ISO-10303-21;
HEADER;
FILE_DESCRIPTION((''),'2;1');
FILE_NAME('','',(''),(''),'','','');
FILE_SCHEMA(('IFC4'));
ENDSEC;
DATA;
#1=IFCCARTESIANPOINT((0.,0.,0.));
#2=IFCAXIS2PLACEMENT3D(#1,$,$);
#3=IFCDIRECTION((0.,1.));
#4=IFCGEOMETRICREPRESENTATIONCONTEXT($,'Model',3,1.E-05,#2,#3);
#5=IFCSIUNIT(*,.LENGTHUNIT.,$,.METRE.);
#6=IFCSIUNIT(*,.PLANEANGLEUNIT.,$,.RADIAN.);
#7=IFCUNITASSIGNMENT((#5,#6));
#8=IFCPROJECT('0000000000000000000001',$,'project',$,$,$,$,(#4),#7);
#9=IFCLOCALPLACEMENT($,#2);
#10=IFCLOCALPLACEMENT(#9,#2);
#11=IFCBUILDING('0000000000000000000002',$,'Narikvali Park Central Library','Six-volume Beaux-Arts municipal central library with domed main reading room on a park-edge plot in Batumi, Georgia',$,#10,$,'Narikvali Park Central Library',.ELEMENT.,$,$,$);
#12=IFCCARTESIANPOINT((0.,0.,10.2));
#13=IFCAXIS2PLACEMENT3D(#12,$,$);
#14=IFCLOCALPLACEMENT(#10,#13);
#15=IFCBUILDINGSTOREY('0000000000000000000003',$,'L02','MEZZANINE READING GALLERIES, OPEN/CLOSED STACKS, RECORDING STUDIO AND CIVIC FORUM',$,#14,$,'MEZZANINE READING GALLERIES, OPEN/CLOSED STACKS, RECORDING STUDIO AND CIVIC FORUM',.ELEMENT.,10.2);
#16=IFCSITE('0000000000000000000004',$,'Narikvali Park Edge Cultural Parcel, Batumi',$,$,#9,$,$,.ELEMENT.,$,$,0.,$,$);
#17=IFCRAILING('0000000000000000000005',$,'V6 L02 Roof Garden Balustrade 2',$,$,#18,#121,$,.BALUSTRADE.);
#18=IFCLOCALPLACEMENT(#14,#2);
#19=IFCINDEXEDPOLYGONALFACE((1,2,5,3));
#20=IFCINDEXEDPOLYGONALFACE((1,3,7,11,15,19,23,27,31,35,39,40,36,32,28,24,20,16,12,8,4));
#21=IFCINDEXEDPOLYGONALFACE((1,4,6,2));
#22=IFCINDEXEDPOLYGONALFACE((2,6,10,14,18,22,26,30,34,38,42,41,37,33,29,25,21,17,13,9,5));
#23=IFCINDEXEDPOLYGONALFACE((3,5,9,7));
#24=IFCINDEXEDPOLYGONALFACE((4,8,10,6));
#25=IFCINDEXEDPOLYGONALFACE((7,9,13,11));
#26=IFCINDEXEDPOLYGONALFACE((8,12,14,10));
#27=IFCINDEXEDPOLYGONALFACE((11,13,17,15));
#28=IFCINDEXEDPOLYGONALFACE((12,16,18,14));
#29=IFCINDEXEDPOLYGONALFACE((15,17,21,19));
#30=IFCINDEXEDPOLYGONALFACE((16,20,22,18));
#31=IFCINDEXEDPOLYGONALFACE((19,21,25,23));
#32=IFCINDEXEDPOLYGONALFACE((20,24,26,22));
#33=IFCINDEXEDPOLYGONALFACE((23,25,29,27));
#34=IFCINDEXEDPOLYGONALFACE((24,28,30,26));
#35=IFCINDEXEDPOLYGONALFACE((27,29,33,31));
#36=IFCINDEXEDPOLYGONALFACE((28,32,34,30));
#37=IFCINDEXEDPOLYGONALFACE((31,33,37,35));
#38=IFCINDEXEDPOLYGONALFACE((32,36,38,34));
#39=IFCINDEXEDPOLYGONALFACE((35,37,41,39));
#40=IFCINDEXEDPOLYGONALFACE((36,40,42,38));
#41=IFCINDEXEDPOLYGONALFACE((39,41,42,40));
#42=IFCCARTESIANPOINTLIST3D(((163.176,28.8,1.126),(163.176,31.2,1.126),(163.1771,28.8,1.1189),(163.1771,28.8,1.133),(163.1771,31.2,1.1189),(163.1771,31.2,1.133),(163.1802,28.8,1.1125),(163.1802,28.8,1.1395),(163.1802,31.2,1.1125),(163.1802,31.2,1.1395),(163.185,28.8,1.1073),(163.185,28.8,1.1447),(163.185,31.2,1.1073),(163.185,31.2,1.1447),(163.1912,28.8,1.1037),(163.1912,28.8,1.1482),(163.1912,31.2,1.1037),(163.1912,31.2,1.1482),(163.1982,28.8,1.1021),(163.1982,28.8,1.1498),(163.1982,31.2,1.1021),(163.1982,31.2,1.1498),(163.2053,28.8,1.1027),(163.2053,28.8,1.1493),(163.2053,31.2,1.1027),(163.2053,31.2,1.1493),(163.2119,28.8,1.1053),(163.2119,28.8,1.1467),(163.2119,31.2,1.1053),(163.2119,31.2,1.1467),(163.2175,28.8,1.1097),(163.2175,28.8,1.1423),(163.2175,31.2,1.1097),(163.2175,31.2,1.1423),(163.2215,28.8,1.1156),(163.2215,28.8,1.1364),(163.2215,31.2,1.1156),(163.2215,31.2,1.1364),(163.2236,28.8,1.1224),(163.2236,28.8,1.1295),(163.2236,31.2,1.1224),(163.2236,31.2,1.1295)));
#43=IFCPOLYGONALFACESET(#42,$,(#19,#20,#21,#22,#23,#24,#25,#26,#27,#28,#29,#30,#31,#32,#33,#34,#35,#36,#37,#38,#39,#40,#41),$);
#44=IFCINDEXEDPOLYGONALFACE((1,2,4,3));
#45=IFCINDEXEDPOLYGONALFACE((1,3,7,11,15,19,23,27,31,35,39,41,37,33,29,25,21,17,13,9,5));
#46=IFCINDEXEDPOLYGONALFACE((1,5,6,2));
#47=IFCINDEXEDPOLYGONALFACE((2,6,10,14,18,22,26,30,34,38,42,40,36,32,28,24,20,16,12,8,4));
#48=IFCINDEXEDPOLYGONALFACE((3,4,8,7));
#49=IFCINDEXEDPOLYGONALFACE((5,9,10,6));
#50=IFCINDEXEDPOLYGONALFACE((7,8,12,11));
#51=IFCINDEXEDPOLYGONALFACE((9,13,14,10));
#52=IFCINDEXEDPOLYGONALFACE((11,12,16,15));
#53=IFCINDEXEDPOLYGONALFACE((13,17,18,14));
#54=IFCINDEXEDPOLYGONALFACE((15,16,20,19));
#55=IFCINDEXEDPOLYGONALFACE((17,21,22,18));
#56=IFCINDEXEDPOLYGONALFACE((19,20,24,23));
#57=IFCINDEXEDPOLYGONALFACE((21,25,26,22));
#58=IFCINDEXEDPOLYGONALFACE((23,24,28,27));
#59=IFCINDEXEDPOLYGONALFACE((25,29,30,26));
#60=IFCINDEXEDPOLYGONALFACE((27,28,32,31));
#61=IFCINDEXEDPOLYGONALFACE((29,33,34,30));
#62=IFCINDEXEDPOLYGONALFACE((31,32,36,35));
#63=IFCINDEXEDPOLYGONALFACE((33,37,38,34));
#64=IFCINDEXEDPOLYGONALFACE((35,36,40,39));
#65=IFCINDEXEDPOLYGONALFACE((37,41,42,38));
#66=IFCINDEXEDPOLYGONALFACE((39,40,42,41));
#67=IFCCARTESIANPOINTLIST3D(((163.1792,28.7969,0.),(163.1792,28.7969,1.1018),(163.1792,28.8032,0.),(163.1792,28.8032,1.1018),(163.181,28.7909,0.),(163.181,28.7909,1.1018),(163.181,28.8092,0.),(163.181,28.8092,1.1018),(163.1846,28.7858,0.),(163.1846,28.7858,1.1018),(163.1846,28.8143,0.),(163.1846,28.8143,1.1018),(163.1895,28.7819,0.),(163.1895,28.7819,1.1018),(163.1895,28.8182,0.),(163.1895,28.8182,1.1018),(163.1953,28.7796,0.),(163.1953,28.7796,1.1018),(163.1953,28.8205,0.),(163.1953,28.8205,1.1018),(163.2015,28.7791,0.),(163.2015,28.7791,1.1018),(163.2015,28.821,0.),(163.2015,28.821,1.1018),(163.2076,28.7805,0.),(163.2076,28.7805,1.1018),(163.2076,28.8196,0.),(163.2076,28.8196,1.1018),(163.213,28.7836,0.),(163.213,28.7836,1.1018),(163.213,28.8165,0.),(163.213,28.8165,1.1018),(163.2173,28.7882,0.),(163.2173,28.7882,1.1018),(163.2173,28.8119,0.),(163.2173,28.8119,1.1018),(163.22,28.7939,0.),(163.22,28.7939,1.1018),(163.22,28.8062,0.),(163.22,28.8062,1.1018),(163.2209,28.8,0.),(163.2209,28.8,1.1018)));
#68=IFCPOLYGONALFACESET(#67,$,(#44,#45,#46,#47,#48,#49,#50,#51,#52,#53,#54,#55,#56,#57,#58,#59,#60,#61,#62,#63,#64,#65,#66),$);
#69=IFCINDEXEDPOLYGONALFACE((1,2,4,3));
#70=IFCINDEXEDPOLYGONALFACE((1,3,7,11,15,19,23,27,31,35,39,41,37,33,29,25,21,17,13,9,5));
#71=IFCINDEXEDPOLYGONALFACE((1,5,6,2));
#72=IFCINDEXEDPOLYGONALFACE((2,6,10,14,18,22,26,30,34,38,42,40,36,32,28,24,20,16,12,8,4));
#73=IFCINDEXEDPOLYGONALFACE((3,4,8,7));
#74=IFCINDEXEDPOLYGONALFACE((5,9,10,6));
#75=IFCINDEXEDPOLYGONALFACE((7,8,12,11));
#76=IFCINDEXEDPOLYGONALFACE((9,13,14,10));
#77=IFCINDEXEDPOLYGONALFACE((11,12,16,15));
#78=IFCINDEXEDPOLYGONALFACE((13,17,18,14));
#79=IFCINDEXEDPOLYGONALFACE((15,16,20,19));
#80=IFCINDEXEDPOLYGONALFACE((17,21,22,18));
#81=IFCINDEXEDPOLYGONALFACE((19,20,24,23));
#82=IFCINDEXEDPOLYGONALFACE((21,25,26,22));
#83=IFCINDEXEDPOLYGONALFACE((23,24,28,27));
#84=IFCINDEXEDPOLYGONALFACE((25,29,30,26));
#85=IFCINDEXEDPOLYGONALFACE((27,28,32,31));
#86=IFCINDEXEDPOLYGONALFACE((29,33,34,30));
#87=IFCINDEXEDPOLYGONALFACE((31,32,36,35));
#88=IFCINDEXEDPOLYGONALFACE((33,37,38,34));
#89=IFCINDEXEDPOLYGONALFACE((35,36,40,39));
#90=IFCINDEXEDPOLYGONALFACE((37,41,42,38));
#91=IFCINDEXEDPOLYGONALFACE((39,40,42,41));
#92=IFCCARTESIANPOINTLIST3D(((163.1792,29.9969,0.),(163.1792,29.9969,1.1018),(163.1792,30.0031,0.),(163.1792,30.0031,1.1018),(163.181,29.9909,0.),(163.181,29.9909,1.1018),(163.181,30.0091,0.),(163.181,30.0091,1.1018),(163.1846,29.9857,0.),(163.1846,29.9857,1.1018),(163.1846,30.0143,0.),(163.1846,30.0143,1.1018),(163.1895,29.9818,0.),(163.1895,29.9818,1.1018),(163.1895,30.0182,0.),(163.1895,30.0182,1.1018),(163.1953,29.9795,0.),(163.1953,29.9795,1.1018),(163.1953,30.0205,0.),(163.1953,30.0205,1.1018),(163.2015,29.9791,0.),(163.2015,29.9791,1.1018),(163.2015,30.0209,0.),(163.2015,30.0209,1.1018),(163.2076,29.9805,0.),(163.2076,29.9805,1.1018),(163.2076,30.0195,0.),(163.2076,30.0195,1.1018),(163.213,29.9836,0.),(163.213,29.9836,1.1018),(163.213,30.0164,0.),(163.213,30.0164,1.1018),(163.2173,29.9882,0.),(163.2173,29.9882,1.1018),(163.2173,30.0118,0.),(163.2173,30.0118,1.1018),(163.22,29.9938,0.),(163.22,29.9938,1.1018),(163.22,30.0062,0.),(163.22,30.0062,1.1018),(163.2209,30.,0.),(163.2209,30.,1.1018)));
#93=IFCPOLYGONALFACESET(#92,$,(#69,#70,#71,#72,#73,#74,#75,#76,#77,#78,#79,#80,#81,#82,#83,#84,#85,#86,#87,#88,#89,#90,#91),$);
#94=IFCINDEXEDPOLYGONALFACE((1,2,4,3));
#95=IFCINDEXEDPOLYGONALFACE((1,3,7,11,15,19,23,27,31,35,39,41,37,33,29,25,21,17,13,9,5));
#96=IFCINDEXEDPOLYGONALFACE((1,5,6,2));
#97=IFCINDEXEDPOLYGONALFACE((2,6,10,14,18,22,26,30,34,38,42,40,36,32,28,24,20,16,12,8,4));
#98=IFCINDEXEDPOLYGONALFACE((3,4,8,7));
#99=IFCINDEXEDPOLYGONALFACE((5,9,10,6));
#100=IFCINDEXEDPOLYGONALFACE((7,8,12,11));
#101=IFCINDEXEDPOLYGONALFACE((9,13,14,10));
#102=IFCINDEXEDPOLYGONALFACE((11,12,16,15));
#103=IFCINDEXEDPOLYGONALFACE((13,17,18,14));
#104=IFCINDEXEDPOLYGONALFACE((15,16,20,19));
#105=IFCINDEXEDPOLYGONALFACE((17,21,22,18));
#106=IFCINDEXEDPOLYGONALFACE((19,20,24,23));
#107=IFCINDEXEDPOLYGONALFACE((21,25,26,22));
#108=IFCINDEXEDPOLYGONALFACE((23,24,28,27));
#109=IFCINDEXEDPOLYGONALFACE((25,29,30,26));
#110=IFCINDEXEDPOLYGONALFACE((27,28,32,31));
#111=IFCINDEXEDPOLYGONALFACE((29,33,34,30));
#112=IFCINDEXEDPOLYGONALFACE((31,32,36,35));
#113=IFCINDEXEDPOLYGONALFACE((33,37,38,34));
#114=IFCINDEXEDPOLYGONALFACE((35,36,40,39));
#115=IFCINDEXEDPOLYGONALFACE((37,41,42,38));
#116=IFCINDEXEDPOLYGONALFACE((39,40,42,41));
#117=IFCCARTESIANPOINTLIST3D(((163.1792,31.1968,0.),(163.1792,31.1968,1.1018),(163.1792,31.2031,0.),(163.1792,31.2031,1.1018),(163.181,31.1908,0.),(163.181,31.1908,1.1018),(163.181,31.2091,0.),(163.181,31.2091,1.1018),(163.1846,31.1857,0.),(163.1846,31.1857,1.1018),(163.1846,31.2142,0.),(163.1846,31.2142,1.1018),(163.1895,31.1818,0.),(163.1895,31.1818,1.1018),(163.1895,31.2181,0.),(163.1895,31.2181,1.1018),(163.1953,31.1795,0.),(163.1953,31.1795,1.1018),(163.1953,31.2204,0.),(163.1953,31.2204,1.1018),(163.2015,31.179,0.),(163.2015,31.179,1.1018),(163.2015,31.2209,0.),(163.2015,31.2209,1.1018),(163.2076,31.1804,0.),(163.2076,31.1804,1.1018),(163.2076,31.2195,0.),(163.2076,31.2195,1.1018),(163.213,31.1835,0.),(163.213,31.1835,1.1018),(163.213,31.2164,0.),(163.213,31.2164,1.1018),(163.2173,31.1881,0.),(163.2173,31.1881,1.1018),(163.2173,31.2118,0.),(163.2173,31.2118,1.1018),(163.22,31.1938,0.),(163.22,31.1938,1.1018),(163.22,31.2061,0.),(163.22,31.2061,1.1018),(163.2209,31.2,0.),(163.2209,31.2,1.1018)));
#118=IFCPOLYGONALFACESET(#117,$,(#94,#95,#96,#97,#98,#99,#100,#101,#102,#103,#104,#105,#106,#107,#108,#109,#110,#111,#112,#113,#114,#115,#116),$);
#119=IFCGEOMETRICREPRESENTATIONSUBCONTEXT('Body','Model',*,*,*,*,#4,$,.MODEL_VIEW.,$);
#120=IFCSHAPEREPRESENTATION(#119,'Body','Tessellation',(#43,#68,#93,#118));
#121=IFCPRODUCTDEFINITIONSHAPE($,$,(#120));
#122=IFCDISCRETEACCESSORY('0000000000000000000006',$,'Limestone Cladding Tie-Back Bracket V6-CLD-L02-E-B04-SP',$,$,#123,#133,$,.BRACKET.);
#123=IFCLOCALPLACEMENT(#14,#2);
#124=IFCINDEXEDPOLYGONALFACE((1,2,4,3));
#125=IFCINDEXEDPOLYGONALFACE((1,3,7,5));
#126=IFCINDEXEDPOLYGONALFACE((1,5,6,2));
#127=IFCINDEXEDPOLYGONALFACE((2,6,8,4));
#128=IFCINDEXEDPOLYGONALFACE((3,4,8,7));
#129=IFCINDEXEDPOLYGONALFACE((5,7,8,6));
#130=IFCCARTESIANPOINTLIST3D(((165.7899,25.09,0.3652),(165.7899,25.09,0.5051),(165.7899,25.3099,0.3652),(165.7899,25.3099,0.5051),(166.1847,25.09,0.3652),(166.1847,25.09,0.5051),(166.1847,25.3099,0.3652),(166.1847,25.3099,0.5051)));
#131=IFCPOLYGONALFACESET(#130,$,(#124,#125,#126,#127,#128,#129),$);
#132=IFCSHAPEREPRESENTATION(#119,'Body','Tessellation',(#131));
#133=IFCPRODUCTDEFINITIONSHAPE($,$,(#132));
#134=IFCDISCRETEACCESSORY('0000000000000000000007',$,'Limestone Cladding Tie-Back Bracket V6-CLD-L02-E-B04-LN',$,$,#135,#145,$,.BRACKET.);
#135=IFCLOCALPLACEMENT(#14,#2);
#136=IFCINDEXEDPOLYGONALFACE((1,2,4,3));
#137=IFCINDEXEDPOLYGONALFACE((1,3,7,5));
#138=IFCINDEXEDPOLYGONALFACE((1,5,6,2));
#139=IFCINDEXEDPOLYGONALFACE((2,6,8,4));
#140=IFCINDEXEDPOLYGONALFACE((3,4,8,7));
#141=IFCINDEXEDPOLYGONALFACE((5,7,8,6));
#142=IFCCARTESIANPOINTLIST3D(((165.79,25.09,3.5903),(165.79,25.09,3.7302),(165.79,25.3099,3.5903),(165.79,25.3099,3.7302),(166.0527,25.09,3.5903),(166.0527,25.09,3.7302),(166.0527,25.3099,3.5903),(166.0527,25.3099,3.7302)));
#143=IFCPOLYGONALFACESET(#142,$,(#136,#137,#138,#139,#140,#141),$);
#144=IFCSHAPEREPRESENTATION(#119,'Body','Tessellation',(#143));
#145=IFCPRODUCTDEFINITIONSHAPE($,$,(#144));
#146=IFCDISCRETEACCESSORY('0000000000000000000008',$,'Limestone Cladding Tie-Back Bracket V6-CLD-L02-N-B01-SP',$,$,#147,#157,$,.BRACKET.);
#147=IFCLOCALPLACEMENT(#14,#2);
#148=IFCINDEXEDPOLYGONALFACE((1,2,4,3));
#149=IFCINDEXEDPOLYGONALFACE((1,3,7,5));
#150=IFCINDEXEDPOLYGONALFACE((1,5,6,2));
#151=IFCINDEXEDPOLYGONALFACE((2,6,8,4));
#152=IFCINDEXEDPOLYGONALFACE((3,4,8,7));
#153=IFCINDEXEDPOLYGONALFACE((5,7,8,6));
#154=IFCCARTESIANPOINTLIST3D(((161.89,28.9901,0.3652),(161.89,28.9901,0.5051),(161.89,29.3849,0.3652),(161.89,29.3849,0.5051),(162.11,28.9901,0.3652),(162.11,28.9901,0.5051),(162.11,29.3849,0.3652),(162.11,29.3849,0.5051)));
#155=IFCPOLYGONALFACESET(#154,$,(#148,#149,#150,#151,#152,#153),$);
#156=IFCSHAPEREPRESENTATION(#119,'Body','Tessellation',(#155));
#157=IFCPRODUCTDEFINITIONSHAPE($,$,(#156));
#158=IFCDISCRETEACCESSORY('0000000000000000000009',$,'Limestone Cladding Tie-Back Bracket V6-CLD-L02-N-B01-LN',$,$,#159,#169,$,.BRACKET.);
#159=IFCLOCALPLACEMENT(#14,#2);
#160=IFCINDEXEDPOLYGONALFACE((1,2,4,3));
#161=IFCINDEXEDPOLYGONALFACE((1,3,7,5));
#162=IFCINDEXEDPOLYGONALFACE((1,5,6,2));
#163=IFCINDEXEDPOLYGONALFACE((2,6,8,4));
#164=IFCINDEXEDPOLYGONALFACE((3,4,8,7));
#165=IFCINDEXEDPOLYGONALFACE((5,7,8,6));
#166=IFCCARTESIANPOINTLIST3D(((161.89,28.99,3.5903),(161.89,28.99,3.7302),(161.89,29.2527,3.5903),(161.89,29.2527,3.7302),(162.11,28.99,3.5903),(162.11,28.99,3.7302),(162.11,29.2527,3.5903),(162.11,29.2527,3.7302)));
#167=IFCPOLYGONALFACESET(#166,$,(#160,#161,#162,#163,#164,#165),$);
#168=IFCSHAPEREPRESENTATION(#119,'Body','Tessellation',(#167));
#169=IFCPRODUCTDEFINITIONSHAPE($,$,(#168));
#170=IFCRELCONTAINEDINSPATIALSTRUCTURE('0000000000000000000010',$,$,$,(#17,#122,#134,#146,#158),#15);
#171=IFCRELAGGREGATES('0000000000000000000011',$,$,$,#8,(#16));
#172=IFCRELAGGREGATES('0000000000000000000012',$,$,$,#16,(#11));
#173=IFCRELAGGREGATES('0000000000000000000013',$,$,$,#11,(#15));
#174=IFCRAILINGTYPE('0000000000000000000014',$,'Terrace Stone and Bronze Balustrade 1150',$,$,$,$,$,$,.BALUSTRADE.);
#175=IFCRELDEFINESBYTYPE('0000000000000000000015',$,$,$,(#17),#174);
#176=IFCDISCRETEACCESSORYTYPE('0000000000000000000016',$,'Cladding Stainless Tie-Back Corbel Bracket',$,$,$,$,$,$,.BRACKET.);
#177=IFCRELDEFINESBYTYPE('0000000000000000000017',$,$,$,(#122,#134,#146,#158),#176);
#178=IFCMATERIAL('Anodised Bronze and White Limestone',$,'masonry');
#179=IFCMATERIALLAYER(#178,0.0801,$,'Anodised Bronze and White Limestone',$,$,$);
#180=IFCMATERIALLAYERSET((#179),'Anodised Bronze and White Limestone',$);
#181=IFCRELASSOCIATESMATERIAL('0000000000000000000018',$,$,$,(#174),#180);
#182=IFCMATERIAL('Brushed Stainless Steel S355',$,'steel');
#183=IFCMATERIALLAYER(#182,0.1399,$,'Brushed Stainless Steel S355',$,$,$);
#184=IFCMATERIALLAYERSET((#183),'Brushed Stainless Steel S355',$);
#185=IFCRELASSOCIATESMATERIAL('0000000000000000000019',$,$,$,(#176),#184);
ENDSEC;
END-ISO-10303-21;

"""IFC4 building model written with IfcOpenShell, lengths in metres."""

from ifc_helpers import new_model, si_unit, direction, frame, origin, origin_2d, place, context, subcontext, project, spatial, rectangle, circle, extrude, material, layer, layer_set, type_object, element, save


model = new_model("IFC4")

# Units and contexts
model_context = context("Model", 3, precision=1e-05, world=origin(), true_north=direction((0.0, 1.0)))
body_context = subcontext(model_context, "Body", "Model", "MODEL_VIEW")
ifc_project = project(units=[si_unit("LENGTHUNIT", "METRE"), si_unit("PLANEANGLEUNIT", "RADIAN")], contexts=[model_context])

# Site, building, storey
site_placement = place(None, origin())
site = spatial("IfcSite", under=ifc_project, at=site_placement, Name="Narikvali Park Edge Cultural Parcel, Batumi", CompositionType="ELEMENT", RefElevation=0.0)
building_placement = place(site_placement, origin())
building = spatial("IfcBuilding", under=site, at=building_placement, Name="Narikvali Park Central Library", Description="Six-volume Beaux-Arts municipal central library with domed main reading room on a park-edge plot in Batumi, Georgia", LongName="Narikvali Park Central Library", CompositionType="ELEMENT")
storey_placement = place(building_placement, frame((0.0, 0.0, 10.2)))
storey = spatial("IfcBuildingStorey", under=building, at=storey_placement, Name="L02", Description="MEZZANINE READING GALLERIES, OPEN/CLOSED STACKS, RECORDING STUDIO AND CIVIC FORUM", LongName="MEZZANINE READING GALLERIES, OPEN/CLOSED STACKS, RECORDING STUDIO AND CIVIC FORUM", CompositionType="ELEMENT", Elevation=10.2)

# Railing
ifc_material_1 = material(Name="Anodised Bronze and White Limestone", Category="masonry")
ifc_layer_1 = layer(ifc_material_1, 0.0801, Name="Anodised Bronze and White Limestone")
ifc_layer_set_1 = layer_set([ifc_layer_1], Name="Anodised Bronze and White Limestone")
railing_type = type_object("IfcRailingType", Name="Terrace Stone and Bronze Balustrade 1150", PredefinedType="BALUSTRADE", material=ifc_layer_set_1)
railing_placement = place(storey_placement, frame((163.2, 28.8, 0.0)))
element("IfcRailing", 1, at=railing_placement, inside=storey, type_object=railing_type, Name="V6 L02 Roof Garden Balustrade 2", PredefinedType="BALUSTRADE", context=body_context, shape_type="SweptSolid", body=[
    extrude(circle(Radius=0.0239, at=origin_2d()), frame((0.0, 0.0, 1.126), z_axis=(0.0, 1.0, 0.0), x_axis=(-1.0, 0.0, 0.0)), (0.0, 0.0, 1.0), 2.3999),
    extrude(circle(Radius=0.021, at=origin_2d()), origin(), (0.0, 0.0, 1.0), 1.1018),
    extrude(circle(Radius=0.021, at=origin_2d()), frame((0.0, 1.2, 0.0)), (0.0, 0.0, 1.0), 1.1018),
    extrude(circle(Radius=0.021, at=origin_2d()), frame((0.0, 2.3999, 0.0)), (0.0, 0.0, 1.0), 1.1018),
])

# Discrete accessories
ifc_material_2 = material(Name="Brushed Stainless Steel S355", Category="steel")
ifc_layer_2 = layer(ifc_material_2, 0.1399, Name="Brushed Stainless Steel S355")
ifc_layer_set_2 = layer_set([ifc_layer_2], Name="Brushed Stainless Steel S355")
discrete_accessory_type = type_object("IfcDiscreteAccessoryType", Name="Cladding Stainless Tie-Back Corbel Bracket", PredefinedType="BRACKET", material=ifc_layer_set_2)
discrete_accessory_1_placement = place(storey_placement, frame((165.9873, 25.2, 0.3652), z_axis=(0.0, 0.0, 1.0), x_axis=(1.0, 0.0, 0.0)))
element("IfcDiscreteAccessory", 2, at=discrete_accessory_1_placement, inside=storey, type_object=discrete_accessory_type, Name="Limestone Cladding Tie-Back Bracket V6-CLD-L02-E-B04-SP", PredefinedType="BRACKET", context=body_context, shape_type="SweptSolid", body=[
    extrude(rectangle(XDim=0.3948, YDim=0.22, at=origin_2d()), origin(), (0.0, 0.0, 1.0), 0.1399),
])
discrete_accessory_2_placement = place(storey_placement, frame((165.9214, 25.2, 3.5903), z_axis=(0.0, 0.0, 1.0), x_axis=(1.0, 0.0, 0.0)))
element("IfcDiscreteAccessory", 3, at=discrete_accessory_2_placement, inside=storey, type_object=discrete_accessory_type, Name="Limestone Cladding Tie-Back Bracket V6-CLD-L02-E-B04-LN", PredefinedType="BRACKET", context=body_context, shape_type="SweptSolid", body=[
    extrude(rectangle(XDim=0.2627, YDim=0.22, at=origin_2d()), origin(), (0.0, 0.0, 1.0), 0.1399),
])
discrete_accessory_3_placement = place(storey_placement, frame((162.0, 29.1875, 0.3652), z_axis=(0.0, 0.0, 1.0), x_axis=(1.0, 0.0, 0.0)))
element("IfcDiscreteAccessory", 4, at=discrete_accessory_3_placement, inside=storey, type_object=discrete_accessory_type, Name="Limestone Cladding Tie-Back Bracket V6-CLD-L02-N-B01-SP", PredefinedType="BRACKET", context=body_context, shape_type="SweptSolid", body=[
    extrude(rectangle(XDim=0.22, YDim=0.3948, at=origin_2d()), origin(), (0.0, 0.0, 1.0), 0.1399),
])
discrete_accessory_4_placement = place(storey_placement, frame((162.0, 29.1213, 3.5903), z_axis=(0.0, 0.0, 1.0), x_axis=(1.0, 0.0, 0.0)))
element("IfcDiscreteAccessory", 5, at=discrete_accessory_4_placement, inside=storey, type_object=discrete_accessory_type, Name="Limestone Cladding Tie-Back Bracket V6-CLD-L02-N-B01-LN", PredefinedType="BRACKET", context=body_context, shape_type="SweptSolid", body=[
    extrude(rectangle(XDim=0.22, YDim=0.2627, at=origin_2d()), origin(), (0.0, 0.0, 1.0), 0.1399),
])

save(model, "model.ifc")
